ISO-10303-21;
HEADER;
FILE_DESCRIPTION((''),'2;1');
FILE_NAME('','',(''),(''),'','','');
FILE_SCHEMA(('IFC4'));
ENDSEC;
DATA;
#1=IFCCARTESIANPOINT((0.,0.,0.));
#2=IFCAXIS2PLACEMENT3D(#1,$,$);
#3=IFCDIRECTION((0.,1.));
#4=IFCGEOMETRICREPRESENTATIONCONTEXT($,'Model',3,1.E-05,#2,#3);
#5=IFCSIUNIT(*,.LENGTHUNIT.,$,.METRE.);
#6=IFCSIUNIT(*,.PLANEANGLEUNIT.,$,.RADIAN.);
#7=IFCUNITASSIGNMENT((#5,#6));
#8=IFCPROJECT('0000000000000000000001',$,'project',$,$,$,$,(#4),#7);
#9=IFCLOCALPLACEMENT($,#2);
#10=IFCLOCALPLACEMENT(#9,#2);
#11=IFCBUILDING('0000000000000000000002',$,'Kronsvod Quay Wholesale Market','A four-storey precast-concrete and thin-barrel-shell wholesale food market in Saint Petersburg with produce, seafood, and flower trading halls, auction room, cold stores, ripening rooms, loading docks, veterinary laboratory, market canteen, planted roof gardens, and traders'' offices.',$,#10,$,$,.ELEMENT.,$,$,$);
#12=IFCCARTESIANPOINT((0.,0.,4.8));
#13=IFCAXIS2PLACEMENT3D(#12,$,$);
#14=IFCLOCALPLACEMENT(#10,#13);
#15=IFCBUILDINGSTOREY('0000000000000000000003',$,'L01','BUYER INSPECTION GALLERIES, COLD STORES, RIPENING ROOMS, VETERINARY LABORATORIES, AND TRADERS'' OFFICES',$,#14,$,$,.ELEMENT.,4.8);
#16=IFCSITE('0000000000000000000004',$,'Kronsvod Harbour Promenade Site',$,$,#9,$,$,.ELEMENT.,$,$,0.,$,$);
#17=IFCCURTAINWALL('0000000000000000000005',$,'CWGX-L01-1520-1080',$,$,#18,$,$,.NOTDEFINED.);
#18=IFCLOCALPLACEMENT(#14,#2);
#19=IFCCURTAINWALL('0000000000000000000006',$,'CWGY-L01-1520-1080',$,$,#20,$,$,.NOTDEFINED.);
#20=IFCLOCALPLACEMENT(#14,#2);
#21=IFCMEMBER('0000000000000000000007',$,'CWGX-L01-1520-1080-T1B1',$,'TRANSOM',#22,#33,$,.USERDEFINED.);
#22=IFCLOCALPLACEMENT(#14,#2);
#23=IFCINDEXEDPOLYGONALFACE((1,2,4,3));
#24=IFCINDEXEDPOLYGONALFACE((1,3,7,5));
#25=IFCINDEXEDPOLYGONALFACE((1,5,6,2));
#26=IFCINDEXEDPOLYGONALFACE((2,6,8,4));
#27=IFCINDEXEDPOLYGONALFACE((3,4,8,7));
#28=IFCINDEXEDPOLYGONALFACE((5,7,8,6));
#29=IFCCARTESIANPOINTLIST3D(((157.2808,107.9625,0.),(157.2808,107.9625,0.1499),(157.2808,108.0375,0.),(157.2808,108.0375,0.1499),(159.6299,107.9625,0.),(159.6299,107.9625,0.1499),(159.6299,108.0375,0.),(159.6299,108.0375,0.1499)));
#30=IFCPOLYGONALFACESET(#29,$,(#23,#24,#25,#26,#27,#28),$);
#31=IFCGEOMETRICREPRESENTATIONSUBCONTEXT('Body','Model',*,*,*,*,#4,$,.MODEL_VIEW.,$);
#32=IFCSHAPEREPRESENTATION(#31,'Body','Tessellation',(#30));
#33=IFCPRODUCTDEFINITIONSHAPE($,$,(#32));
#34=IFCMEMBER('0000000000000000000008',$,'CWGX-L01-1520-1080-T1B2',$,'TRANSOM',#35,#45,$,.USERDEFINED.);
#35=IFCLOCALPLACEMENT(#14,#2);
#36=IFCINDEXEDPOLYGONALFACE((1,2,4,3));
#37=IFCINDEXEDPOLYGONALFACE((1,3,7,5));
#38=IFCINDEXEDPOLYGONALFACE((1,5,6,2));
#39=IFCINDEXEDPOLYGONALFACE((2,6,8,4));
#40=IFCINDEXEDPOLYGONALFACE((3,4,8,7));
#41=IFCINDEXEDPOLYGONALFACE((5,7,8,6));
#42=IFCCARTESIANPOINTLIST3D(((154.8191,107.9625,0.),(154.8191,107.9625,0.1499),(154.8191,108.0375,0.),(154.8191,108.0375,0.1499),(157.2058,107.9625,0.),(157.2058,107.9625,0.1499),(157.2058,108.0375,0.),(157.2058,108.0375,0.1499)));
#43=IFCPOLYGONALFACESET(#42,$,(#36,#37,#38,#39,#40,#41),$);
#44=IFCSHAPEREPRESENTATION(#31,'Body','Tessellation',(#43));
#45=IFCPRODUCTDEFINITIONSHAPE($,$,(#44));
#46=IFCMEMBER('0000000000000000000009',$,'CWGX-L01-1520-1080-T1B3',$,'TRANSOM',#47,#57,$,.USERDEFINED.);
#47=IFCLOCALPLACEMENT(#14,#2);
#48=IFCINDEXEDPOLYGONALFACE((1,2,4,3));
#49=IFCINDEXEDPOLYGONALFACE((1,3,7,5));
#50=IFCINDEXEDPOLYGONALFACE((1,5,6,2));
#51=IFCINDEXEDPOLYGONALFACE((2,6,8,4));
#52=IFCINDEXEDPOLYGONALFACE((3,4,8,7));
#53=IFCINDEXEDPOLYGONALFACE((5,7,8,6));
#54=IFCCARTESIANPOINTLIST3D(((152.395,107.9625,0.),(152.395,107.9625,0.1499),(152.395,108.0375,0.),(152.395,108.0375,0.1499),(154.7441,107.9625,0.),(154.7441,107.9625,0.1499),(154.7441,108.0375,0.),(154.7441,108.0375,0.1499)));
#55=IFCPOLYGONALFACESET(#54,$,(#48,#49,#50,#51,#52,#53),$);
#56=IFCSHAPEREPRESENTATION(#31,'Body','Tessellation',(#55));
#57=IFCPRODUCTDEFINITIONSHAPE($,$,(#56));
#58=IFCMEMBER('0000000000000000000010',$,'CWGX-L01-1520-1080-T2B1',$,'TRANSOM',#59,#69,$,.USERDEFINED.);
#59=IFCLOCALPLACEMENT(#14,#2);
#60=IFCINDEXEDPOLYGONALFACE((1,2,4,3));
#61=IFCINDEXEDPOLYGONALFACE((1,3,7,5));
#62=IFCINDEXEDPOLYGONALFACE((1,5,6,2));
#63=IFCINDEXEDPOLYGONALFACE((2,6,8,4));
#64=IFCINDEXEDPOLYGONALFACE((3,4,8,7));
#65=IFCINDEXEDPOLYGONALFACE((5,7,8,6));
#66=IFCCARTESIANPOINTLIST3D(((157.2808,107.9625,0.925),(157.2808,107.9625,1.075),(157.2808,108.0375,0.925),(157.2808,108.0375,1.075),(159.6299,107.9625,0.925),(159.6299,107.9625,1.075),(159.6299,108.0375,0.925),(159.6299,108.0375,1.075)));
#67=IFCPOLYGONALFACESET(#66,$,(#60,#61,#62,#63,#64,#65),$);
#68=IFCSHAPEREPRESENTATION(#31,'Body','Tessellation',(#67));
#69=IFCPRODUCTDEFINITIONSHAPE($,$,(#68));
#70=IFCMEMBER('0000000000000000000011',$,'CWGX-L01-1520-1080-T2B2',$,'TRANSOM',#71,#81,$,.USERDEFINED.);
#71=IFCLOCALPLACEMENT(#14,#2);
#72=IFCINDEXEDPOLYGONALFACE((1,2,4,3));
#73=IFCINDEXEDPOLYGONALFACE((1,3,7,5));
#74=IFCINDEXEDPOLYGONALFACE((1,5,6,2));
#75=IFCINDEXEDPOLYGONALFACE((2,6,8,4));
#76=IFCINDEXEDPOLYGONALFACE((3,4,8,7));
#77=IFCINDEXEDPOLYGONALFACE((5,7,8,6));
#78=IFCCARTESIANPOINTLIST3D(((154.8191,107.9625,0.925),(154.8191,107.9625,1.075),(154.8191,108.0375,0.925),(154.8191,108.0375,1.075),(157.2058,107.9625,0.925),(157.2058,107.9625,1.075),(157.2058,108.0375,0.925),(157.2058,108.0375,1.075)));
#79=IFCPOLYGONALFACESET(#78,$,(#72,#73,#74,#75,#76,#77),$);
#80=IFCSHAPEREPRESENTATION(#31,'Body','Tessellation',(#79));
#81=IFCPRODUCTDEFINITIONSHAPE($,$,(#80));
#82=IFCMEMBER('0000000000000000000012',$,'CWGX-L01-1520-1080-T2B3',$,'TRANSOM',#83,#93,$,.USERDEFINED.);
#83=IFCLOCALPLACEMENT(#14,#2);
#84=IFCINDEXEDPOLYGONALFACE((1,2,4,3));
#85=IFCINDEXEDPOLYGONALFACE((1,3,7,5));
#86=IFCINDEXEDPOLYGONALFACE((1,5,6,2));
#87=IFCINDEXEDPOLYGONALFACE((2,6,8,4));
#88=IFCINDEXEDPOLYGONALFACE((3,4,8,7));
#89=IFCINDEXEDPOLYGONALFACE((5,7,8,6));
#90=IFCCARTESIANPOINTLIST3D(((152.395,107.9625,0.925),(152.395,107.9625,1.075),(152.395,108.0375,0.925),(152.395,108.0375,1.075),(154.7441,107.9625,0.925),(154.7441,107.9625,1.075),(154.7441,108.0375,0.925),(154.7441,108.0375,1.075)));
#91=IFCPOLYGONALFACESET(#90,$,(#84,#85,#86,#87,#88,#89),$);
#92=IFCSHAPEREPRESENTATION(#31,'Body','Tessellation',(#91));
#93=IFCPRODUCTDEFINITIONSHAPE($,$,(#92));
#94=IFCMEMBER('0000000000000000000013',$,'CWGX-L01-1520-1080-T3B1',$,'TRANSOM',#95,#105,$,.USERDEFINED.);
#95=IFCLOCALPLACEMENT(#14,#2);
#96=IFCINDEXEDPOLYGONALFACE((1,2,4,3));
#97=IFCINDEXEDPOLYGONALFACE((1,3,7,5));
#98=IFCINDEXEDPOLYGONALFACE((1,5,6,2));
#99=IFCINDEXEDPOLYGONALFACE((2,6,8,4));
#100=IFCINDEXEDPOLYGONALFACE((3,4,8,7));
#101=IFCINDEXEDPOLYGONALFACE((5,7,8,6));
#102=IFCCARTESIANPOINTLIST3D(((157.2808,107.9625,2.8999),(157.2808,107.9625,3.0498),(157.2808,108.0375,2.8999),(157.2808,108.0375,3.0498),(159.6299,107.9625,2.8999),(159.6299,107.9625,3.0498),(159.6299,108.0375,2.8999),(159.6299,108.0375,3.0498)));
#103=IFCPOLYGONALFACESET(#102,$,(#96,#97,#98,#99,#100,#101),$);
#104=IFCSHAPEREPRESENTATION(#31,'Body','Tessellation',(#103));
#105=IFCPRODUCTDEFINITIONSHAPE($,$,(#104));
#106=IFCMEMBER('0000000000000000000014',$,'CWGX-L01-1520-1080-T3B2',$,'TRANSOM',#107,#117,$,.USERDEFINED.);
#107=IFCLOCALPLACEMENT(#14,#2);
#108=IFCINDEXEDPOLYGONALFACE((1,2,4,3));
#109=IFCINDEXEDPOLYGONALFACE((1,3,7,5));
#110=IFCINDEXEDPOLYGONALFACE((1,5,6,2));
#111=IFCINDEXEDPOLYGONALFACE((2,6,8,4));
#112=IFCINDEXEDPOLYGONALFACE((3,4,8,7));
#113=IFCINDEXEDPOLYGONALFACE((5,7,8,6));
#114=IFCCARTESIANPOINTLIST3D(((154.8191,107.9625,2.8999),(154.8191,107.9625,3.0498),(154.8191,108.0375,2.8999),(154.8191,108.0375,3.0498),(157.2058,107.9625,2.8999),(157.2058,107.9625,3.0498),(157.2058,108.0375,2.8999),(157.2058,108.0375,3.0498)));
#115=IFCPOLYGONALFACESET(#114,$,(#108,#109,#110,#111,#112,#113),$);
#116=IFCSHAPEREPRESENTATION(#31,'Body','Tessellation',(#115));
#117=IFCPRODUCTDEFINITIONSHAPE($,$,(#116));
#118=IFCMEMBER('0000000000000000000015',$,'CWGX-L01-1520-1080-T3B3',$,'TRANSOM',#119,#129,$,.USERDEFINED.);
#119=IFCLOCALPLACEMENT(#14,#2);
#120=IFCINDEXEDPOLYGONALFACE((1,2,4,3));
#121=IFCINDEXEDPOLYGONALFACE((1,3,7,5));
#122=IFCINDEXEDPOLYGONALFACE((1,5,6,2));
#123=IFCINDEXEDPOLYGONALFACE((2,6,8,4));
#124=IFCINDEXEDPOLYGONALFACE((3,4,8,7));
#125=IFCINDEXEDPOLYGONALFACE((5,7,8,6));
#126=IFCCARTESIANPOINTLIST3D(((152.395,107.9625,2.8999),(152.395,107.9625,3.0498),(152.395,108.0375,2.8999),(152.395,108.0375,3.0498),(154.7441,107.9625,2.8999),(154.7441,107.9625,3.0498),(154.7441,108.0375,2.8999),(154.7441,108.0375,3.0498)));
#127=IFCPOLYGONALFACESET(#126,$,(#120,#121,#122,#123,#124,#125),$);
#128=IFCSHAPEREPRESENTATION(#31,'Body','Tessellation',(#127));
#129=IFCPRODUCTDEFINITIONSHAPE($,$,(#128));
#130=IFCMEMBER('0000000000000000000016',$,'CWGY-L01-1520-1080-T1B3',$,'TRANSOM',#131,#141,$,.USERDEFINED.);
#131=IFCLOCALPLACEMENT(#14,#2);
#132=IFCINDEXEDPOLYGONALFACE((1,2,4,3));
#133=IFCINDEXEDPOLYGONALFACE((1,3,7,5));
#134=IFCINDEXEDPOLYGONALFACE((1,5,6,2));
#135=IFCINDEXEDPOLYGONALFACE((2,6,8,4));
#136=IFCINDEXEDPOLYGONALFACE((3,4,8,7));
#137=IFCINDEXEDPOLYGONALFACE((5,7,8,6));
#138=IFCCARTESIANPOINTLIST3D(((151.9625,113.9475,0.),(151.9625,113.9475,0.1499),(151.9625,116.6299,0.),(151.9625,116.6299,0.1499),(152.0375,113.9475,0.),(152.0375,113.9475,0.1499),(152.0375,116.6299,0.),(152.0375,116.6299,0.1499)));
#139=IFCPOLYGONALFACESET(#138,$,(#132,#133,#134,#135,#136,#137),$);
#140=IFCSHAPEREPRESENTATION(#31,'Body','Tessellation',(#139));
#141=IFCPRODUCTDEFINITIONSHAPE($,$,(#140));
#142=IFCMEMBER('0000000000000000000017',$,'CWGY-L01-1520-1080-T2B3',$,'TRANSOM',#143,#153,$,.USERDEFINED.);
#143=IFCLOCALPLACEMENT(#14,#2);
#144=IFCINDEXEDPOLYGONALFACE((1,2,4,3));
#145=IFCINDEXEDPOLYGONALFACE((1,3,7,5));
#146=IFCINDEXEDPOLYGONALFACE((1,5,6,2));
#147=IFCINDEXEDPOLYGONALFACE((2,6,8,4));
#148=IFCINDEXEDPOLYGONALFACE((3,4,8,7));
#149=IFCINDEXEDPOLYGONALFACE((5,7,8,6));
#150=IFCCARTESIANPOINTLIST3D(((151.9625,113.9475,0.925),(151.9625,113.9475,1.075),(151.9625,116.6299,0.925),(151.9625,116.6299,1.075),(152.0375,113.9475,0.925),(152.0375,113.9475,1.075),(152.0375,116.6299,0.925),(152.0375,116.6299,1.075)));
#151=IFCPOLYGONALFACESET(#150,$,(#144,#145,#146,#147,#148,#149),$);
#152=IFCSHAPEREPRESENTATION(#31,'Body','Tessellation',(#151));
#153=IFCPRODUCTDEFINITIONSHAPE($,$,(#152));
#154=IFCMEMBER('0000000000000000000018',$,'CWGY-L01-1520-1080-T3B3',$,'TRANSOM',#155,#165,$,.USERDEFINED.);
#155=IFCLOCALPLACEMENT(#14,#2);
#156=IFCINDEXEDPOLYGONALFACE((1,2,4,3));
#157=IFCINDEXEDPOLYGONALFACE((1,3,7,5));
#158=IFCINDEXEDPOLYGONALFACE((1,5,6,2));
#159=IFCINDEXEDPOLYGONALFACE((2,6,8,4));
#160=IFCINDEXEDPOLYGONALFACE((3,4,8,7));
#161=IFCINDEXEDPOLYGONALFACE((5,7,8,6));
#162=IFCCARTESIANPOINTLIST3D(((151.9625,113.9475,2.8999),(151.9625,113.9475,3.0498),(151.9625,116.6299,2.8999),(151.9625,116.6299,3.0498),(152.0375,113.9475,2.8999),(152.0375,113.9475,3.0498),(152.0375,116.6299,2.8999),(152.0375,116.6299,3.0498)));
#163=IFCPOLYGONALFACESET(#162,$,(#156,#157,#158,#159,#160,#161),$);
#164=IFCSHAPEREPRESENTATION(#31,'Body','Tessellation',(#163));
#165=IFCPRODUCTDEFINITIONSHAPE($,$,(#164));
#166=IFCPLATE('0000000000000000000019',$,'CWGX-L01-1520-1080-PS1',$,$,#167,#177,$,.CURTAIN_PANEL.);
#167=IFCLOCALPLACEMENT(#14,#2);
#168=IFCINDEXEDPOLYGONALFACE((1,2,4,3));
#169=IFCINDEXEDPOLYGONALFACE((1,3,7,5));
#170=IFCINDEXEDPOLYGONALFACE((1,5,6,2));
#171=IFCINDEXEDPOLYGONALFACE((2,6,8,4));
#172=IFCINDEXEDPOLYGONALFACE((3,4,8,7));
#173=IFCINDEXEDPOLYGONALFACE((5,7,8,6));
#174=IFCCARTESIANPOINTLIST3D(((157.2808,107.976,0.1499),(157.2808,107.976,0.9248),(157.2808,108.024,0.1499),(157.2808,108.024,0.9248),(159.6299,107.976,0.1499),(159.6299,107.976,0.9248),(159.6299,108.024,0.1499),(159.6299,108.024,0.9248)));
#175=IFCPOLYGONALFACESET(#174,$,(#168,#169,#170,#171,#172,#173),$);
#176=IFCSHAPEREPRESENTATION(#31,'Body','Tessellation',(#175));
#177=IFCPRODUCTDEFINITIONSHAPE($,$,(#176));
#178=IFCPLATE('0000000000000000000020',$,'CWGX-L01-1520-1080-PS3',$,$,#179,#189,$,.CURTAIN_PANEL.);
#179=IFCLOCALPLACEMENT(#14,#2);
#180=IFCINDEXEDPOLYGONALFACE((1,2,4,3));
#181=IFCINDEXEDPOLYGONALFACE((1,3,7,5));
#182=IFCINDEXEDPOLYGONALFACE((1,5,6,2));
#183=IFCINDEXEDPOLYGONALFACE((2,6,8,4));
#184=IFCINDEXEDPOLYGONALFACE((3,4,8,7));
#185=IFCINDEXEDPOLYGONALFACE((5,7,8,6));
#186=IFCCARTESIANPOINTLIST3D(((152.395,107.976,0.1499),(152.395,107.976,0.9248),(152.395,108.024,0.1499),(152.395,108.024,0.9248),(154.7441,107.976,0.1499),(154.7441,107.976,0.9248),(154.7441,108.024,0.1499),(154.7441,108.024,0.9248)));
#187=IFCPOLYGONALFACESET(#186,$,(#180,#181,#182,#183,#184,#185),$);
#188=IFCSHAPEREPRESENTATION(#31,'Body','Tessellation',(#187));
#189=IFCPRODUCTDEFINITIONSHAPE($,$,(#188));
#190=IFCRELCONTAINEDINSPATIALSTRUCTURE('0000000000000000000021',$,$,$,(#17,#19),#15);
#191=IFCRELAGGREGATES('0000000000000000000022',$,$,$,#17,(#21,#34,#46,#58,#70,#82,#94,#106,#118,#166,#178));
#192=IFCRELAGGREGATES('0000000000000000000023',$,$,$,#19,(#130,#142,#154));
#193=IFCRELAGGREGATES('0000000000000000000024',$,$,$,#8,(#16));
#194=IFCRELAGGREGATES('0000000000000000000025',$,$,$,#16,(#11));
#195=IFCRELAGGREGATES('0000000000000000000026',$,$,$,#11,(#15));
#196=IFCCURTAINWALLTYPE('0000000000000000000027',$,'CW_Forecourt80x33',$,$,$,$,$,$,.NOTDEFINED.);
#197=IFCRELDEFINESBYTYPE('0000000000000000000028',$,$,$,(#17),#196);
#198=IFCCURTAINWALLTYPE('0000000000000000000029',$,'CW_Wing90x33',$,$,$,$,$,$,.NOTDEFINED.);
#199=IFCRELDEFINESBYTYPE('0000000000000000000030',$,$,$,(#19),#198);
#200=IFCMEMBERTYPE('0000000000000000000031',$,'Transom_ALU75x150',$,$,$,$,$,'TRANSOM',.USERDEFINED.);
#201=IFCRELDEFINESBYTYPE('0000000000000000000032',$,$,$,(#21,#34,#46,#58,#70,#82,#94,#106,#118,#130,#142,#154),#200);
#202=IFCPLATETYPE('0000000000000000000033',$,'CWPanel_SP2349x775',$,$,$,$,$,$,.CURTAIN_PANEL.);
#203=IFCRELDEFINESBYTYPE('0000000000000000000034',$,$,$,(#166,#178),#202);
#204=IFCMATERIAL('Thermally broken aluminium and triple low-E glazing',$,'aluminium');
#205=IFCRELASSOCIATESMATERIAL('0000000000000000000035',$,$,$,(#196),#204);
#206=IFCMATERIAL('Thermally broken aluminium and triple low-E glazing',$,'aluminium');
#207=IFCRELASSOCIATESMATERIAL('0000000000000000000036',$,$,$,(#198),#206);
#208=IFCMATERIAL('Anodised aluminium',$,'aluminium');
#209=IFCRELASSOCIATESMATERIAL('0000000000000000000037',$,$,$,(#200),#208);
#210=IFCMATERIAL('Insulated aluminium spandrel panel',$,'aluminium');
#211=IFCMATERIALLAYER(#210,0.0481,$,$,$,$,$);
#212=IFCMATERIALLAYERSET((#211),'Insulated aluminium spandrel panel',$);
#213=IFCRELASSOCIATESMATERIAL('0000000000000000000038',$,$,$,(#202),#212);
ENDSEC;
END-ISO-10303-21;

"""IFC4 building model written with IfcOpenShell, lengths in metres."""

from ifc_helpers import new_model, si_unit, direction, frame, origin, origin_2d, place, context, subcontext, project, spatial, rectangle, extrude, material, layer, layer_set, material_profile, profile_set, type_object, element, aggregate, save


model = new_model("IFC4")

# Units and contexts
model_context = context("Model", 3, precision=1e-05, world=origin(), true_north=direction((0.0, 1.0)))
body_context = subcontext(model_context, "Body", "Model", "MODEL_VIEW")
ifc_project = project(units=[si_unit("LENGTHUNIT", "METRE"), si_unit("PLANEANGLEUNIT", "RADIAN")], contexts=[model_context])

# Site, building, storey
site_placement = place(None, origin())
site = spatial("IfcSite", under=ifc_project, at=site_placement, Name="Kronsvod Harbour Promenade Site", CompositionType="ELEMENT", RefElevation=0.0)
building_placement = place(site_placement, origin())
building = spatial("IfcBuilding", under=site, at=building_placement, Name="Kronsvod Quay Wholesale Market", Description="A four-storey precast-concrete and thin-barrel-shell wholesale food market in Saint Petersburg with produce, seafood, and flower trading halls, auction room, cold stores, ripening rooms, loading docks, veterinary laboratory, market canteen, planted roof gardens, and traders' offices.", CompositionType="ELEMENT")
storey_placement = place(building_placement, frame((0.0, 0.0, 4.8)))
storey = spatial("IfcBuildingStorey", under=building, at=storey_placement, Name="L01", Description="BUYER INSPECTION GALLERIES, COLD STORES, RIPENING ROOMS, VETERINARY LABORATORIES, AND TRADERS' OFFICES", CompositionType="ELEMENT", Elevation=4.8)

# Curtain walls
ifc_material_1 = material(Name="Thermally broken aluminium and triple low-E glazing", Category="aluminium")
curtain_wall_type_1 = type_object("IfcCurtainWallType", Name="CW_Forecourt80x33", PredefinedType="NOTDEFINED", material=ifc_material_1)
curtain_wall_1_placement = place(storey_placement, origin())
curtain_wall_1 = element("IfcCurtainWall", 1, at=curtain_wall_1_placement, inside=storey, type_object=curtain_wall_type_1, Name="CWGX-L01-1520-1080", PredefinedType="NOTDEFINED")
ifc_material_2 = material(Name="Thermally broken aluminium and triple low-E glazing", Category="aluminium")
curtain_wall_type_2 = type_object("IfcCurtainWallType", Name="CW_Wing90x33", PredefinedType="NOTDEFINED", material=ifc_material_2)
curtain_wall_2_placement = place(storey_placement, origin())
curtain_wall_2 = element("IfcCurtainWall", 2, at=curtain_wall_2_placement, inside=storey, type_object=curtain_wall_type_2, Name="CWGY-L01-1520-1080", PredefinedType="NOTDEFINED")

# Members
ifc_material_3 = material(Name="Anodised aluminium", Category="aluminium")
ifc_material_profile_1 = material_profile(ifc_material_3, rectangle(XDim=0.075, YDim=0.1499, at=origin_2d()), Name="ALUT75x150")
ifc_profile_set_1 = profile_set([ifc_material_profile_1], Name="Anodised aluminium")
member_type_1 = type_object("IfcMemberType", Name="Transom_ALU75x150", ElementType="TRANSOM", PredefinedType="USERDEFINED", material=ifc_profile_set_1)
member_1_placement = place(storey_placement, frame((159.6299, 108.0, 0.075), z_axis=(-1.0, 0.0, 0.0), x_axis=(0.0, -1.0, 0.0)))
member_1 = element("IfcMember", 3, at=member_1_placement, type_object=member_type_1, Name="CWGX-L01-1520-1080-T1B1", ObjectType="TRANSOM", PredefinedType="USERDEFINED", context=body_context, shape_type="SweptSolid", body=[
    extrude(rectangle(XDim=0.075, YDim=0.1499, at=origin_2d()), origin(), (0.0, 0.0, 1.0), 2.3491),
])
member_2_placement = place(storey_placement, frame((157.2058, 108.0, 0.075), z_axis=(-1.0, 0.0, 0.0), x_axis=(0.0, -1.0, 0.0)))
member_2 = element("IfcMember", 4, at=member_2_placement, type_object=member_type_1, Name="CWGX-L01-1520-1080-T1B2", ObjectType="TRANSOM", PredefinedType="USERDEFINED", context=body_context, shape_type="SweptSolid", body=[
    extrude(rectangle(XDim=0.075, YDim=0.1499, at=origin_2d()), origin(), (0.0, 0.0, 1.0), 2.3867),
])
member_3_placement = place(storey_placement, frame((154.7441, 108.0, 0.075), z_axis=(-1.0, 0.0, 0.0), x_axis=(0.0, -1.0, 0.0)))
member_3 = element("IfcMember", 5, at=member_3_placement, type_object=member_type_1, Name="CWGX-L01-1520-1080-T1B3", ObjectType="TRANSOM", PredefinedType="USERDEFINED", context=body_context, shape_type="SweptSolid", body=[
    extrude(rectangle(XDim=0.075, YDim=0.1499, at=origin_2d()), origin(), (0.0, 0.0, 1.0), 2.3491),
])
member_4_placement = place(storey_placement, frame((159.6299, 108.0, 1.0), z_axis=(-1.0, 0.0, 0.0), x_axis=(0.0, -1.0, 0.0)))
member_4 = element("IfcMember", 6, at=member_4_placement, type_object=member_type_1, Name="CWGX-L01-1520-1080-T2B1", ObjectType="TRANSOM", PredefinedType="USERDEFINED", context=body_context, shape_type="SweptSolid", body=[
    extrude(rectangle(XDim=0.075, YDim=0.1499, at=origin_2d()), origin(), (0.0, 0.0, 1.0), 2.3491),
])
member_5_placement = place(storey_placement, frame((157.2058, 108.0, 1.0), z_axis=(-1.0, 0.0, 0.0), x_axis=(0.0, -1.0, 0.0)))
member_5 = element("IfcMember", 7, at=member_5_placement, type_object=member_type_1, Name="CWGX-L01-1520-1080-T2B2", ObjectType="TRANSOM", PredefinedType="USERDEFINED", context=body_context, shape_type="SweptSolid", body=[
    extrude(rectangle(XDim=0.075, YDim=0.1499, at=origin_2d()), origin(), (0.0, 0.0, 1.0), 2.3867),
])
member_6_placement = place(storey_placement, frame((154.7441, 108.0, 1.0), z_axis=(-1.0, 0.0, 0.0), x_axis=(0.0, -1.0, 0.0)))
member_6 = element("IfcMember", 8, at=member_6_placement, type_object=member_type_1, Name="CWGX-L01-1520-1080-T2B3", ObjectType="TRANSOM", PredefinedType="USERDEFINED", context=body_context, shape_type="SweptSolid", body=[
    extrude(rectangle(XDim=0.075, YDim=0.1499, at=origin_2d()), origin(), (0.0, 0.0, 1.0), 2.3491),
])
member_7_placement = place(storey_placement, frame((159.6299, 108.0, 2.9749), z_axis=(-1.0, 0.0, 0.0), x_axis=(0.0, -1.0, 0.0)))
member_7 = element("IfcMember", 9, at=member_7_placement, type_object=member_type_1, Name="CWGX-L01-1520-1080-T3B1", ObjectType="TRANSOM", PredefinedType="USERDEFINED", context=body_context, shape_type="SweptSolid", body=[
    extrude(rectangle(XDim=0.075, YDim=0.1499, at=origin_2d()), origin(), (0.0, 0.0, 1.0), 2.3491),
])
member_8_placement = place(storey_placement, frame((157.2058, 108.0, 2.9749), z_axis=(-1.0, 0.0, 0.0), x_axis=(0.0, -1.0, 0.0)))
member_8 = element("IfcMember", 10, at=member_8_placement, type_object=member_type_1, Name="CWGX-L01-1520-1080-T3B2", ObjectType="TRANSOM", PredefinedType="USERDEFINED", context=body_context, shape_type="SweptSolid", body=[
    extrude(rectangle(XDim=0.075, YDim=0.1499, at=origin_2d()), origin(), (0.0, 0.0, 1.0), 2.3867),
])
member_9_placement = place(storey_placement, frame((154.7441, 108.0, 2.9749), z_axis=(-1.0, 0.0, 0.0), x_axis=(0.0, -1.0, 0.0)))
member_9 = element("IfcMember", 11, at=member_9_placement, type_object=member_type_1, Name="CWGX-L01-1520-1080-T3B3", ObjectType="TRANSOM", PredefinedType="USERDEFINED", context=body_context, shape_type="SweptSolid", body=[
    extrude(rectangle(XDim=0.075, YDim=0.1499, at=origin_2d()), origin(), (0.0, 0.0, 1.0), 2.3491),
])
member_10_placement = place(storey_placement, frame((152.0, 113.9475, 0.075), z_axis=(0.0, 1.0, 0.0), x_axis=(-1.0, 0.0, 0.0)))
member_10 = element("IfcMember", 12, at=member_10_placement, type_object=member_type_1, Name="CWGY-L01-1520-1080-T1B3", ObjectType="TRANSOM", PredefinedType="USERDEFINED", context=body_context, shape_type="SweptSolid", body=[
    extrude(rectangle(XDim=0.075, YDim=0.1499, at=origin_2d()), origin(), (0.0, 0.0, 1.0), 2.6824),
])
member_11_placement = place(storey_placement, frame((152.0, 113.9475, 1.0), z_axis=(0.0, 1.0, 0.0), x_axis=(-1.0, 0.0, 0.0)))
member_11 = element("IfcMember", 13, at=member_11_placement, type_object=member_type_1, Name="CWGY-L01-1520-1080-T2B3", ObjectType="TRANSOM", PredefinedType="USERDEFINED", context=body_context, shape_type="SweptSolid", body=[
    extrude(rectangle(XDim=0.075, YDim=0.1499, at=origin_2d()), origin(), (0.0, 0.0, 1.0), 2.6824),
])
member_12_placement = place(storey_placement, frame((152.0, 113.9475, 2.9749), z_axis=(0.0, 1.0, 0.0), x_axis=(-1.0, 0.0, 0.0)))
member_12 = element("IfcMember", 14, at=member_12_placement, type_object=member_type_1, Name="CWGY-L01-1520-1080-T3B3", ObjectType="TRANSOM", PredefinedType="USERDEFINED", context=body_context, shape_type="SweptSolid", body=[
    extrude(rectangle(XDim=0.075, YDim=0.1499, at=origin_2d()), origin(), (0.0, 0.0, 1.0), 2.6824),
])

# Plates
ifc_material_4 = material(Name="Insulated aluminium spandrel panel", Category="aluminium")
ifc_layer_1 = layer(ifc_material_4, 0.0481)
ifc_layer_set_1 = layer_set([ifc_layer_1], Name="Insulated aluminium spandrel panel")
plate_type_1 = type_object("IfcPlateType", Name="CWPanel_SP2349x775", PredefinedType="CURTAIN_PANEL", material=ifc_layer_set_1)
plate_1_placement = place(storey_placement, frame((158.4553, 108.0, 0.1499), z_axis=(0.0, 0.0, 1.0), x_axis=(-1.0, 0.0, 0.0)))
plate_1 = element("IfcPlate", 15, at=plate_1_placement, type_object=plate_type_1, Name="CWGX-L01-1520-1080-PS1", PredefinedType="CURTAIN_PANEL", context=body_context, shape_type="SweptSolid", body=[
    extrude(rectangle(XDim=2.3491, YDim=0.0481, at=origin_2d()), origin(), (0.0, 0.0, 1.0), 0.7749),
])
plate_2_placement = place(storey_placement, frame((153.5696, 108.0, 0.1499), z_axis=(0.0, 0.0, 1.0), x_axis=(-1.0, 0.0, 0.0)))
plate_2 = element("IfcPlate", 16, at=plate_2_placement, type_object=plate_type_1, Name="CWGX-L01-1520-1080-PS3", PredefinedType="CURTAIN_PANEL", context=body_context, shape_type="SweptSolid", body=[
    extrude(rectangle(XDim=2.3491, YDim=0.0481, at=origin_2d()), origin(), (0.0, 0.0, 1.0), 0.7749),
])
aggregate(curtain_wall_1, [member_1, member_2, member_3, member_4, member_5, member_6, member_7, member_8, member_9, plate_1, plate_2])
aggregate(curtain_wall_2, [member_10, member_11, member_12])

save(model, "model.ifc")
